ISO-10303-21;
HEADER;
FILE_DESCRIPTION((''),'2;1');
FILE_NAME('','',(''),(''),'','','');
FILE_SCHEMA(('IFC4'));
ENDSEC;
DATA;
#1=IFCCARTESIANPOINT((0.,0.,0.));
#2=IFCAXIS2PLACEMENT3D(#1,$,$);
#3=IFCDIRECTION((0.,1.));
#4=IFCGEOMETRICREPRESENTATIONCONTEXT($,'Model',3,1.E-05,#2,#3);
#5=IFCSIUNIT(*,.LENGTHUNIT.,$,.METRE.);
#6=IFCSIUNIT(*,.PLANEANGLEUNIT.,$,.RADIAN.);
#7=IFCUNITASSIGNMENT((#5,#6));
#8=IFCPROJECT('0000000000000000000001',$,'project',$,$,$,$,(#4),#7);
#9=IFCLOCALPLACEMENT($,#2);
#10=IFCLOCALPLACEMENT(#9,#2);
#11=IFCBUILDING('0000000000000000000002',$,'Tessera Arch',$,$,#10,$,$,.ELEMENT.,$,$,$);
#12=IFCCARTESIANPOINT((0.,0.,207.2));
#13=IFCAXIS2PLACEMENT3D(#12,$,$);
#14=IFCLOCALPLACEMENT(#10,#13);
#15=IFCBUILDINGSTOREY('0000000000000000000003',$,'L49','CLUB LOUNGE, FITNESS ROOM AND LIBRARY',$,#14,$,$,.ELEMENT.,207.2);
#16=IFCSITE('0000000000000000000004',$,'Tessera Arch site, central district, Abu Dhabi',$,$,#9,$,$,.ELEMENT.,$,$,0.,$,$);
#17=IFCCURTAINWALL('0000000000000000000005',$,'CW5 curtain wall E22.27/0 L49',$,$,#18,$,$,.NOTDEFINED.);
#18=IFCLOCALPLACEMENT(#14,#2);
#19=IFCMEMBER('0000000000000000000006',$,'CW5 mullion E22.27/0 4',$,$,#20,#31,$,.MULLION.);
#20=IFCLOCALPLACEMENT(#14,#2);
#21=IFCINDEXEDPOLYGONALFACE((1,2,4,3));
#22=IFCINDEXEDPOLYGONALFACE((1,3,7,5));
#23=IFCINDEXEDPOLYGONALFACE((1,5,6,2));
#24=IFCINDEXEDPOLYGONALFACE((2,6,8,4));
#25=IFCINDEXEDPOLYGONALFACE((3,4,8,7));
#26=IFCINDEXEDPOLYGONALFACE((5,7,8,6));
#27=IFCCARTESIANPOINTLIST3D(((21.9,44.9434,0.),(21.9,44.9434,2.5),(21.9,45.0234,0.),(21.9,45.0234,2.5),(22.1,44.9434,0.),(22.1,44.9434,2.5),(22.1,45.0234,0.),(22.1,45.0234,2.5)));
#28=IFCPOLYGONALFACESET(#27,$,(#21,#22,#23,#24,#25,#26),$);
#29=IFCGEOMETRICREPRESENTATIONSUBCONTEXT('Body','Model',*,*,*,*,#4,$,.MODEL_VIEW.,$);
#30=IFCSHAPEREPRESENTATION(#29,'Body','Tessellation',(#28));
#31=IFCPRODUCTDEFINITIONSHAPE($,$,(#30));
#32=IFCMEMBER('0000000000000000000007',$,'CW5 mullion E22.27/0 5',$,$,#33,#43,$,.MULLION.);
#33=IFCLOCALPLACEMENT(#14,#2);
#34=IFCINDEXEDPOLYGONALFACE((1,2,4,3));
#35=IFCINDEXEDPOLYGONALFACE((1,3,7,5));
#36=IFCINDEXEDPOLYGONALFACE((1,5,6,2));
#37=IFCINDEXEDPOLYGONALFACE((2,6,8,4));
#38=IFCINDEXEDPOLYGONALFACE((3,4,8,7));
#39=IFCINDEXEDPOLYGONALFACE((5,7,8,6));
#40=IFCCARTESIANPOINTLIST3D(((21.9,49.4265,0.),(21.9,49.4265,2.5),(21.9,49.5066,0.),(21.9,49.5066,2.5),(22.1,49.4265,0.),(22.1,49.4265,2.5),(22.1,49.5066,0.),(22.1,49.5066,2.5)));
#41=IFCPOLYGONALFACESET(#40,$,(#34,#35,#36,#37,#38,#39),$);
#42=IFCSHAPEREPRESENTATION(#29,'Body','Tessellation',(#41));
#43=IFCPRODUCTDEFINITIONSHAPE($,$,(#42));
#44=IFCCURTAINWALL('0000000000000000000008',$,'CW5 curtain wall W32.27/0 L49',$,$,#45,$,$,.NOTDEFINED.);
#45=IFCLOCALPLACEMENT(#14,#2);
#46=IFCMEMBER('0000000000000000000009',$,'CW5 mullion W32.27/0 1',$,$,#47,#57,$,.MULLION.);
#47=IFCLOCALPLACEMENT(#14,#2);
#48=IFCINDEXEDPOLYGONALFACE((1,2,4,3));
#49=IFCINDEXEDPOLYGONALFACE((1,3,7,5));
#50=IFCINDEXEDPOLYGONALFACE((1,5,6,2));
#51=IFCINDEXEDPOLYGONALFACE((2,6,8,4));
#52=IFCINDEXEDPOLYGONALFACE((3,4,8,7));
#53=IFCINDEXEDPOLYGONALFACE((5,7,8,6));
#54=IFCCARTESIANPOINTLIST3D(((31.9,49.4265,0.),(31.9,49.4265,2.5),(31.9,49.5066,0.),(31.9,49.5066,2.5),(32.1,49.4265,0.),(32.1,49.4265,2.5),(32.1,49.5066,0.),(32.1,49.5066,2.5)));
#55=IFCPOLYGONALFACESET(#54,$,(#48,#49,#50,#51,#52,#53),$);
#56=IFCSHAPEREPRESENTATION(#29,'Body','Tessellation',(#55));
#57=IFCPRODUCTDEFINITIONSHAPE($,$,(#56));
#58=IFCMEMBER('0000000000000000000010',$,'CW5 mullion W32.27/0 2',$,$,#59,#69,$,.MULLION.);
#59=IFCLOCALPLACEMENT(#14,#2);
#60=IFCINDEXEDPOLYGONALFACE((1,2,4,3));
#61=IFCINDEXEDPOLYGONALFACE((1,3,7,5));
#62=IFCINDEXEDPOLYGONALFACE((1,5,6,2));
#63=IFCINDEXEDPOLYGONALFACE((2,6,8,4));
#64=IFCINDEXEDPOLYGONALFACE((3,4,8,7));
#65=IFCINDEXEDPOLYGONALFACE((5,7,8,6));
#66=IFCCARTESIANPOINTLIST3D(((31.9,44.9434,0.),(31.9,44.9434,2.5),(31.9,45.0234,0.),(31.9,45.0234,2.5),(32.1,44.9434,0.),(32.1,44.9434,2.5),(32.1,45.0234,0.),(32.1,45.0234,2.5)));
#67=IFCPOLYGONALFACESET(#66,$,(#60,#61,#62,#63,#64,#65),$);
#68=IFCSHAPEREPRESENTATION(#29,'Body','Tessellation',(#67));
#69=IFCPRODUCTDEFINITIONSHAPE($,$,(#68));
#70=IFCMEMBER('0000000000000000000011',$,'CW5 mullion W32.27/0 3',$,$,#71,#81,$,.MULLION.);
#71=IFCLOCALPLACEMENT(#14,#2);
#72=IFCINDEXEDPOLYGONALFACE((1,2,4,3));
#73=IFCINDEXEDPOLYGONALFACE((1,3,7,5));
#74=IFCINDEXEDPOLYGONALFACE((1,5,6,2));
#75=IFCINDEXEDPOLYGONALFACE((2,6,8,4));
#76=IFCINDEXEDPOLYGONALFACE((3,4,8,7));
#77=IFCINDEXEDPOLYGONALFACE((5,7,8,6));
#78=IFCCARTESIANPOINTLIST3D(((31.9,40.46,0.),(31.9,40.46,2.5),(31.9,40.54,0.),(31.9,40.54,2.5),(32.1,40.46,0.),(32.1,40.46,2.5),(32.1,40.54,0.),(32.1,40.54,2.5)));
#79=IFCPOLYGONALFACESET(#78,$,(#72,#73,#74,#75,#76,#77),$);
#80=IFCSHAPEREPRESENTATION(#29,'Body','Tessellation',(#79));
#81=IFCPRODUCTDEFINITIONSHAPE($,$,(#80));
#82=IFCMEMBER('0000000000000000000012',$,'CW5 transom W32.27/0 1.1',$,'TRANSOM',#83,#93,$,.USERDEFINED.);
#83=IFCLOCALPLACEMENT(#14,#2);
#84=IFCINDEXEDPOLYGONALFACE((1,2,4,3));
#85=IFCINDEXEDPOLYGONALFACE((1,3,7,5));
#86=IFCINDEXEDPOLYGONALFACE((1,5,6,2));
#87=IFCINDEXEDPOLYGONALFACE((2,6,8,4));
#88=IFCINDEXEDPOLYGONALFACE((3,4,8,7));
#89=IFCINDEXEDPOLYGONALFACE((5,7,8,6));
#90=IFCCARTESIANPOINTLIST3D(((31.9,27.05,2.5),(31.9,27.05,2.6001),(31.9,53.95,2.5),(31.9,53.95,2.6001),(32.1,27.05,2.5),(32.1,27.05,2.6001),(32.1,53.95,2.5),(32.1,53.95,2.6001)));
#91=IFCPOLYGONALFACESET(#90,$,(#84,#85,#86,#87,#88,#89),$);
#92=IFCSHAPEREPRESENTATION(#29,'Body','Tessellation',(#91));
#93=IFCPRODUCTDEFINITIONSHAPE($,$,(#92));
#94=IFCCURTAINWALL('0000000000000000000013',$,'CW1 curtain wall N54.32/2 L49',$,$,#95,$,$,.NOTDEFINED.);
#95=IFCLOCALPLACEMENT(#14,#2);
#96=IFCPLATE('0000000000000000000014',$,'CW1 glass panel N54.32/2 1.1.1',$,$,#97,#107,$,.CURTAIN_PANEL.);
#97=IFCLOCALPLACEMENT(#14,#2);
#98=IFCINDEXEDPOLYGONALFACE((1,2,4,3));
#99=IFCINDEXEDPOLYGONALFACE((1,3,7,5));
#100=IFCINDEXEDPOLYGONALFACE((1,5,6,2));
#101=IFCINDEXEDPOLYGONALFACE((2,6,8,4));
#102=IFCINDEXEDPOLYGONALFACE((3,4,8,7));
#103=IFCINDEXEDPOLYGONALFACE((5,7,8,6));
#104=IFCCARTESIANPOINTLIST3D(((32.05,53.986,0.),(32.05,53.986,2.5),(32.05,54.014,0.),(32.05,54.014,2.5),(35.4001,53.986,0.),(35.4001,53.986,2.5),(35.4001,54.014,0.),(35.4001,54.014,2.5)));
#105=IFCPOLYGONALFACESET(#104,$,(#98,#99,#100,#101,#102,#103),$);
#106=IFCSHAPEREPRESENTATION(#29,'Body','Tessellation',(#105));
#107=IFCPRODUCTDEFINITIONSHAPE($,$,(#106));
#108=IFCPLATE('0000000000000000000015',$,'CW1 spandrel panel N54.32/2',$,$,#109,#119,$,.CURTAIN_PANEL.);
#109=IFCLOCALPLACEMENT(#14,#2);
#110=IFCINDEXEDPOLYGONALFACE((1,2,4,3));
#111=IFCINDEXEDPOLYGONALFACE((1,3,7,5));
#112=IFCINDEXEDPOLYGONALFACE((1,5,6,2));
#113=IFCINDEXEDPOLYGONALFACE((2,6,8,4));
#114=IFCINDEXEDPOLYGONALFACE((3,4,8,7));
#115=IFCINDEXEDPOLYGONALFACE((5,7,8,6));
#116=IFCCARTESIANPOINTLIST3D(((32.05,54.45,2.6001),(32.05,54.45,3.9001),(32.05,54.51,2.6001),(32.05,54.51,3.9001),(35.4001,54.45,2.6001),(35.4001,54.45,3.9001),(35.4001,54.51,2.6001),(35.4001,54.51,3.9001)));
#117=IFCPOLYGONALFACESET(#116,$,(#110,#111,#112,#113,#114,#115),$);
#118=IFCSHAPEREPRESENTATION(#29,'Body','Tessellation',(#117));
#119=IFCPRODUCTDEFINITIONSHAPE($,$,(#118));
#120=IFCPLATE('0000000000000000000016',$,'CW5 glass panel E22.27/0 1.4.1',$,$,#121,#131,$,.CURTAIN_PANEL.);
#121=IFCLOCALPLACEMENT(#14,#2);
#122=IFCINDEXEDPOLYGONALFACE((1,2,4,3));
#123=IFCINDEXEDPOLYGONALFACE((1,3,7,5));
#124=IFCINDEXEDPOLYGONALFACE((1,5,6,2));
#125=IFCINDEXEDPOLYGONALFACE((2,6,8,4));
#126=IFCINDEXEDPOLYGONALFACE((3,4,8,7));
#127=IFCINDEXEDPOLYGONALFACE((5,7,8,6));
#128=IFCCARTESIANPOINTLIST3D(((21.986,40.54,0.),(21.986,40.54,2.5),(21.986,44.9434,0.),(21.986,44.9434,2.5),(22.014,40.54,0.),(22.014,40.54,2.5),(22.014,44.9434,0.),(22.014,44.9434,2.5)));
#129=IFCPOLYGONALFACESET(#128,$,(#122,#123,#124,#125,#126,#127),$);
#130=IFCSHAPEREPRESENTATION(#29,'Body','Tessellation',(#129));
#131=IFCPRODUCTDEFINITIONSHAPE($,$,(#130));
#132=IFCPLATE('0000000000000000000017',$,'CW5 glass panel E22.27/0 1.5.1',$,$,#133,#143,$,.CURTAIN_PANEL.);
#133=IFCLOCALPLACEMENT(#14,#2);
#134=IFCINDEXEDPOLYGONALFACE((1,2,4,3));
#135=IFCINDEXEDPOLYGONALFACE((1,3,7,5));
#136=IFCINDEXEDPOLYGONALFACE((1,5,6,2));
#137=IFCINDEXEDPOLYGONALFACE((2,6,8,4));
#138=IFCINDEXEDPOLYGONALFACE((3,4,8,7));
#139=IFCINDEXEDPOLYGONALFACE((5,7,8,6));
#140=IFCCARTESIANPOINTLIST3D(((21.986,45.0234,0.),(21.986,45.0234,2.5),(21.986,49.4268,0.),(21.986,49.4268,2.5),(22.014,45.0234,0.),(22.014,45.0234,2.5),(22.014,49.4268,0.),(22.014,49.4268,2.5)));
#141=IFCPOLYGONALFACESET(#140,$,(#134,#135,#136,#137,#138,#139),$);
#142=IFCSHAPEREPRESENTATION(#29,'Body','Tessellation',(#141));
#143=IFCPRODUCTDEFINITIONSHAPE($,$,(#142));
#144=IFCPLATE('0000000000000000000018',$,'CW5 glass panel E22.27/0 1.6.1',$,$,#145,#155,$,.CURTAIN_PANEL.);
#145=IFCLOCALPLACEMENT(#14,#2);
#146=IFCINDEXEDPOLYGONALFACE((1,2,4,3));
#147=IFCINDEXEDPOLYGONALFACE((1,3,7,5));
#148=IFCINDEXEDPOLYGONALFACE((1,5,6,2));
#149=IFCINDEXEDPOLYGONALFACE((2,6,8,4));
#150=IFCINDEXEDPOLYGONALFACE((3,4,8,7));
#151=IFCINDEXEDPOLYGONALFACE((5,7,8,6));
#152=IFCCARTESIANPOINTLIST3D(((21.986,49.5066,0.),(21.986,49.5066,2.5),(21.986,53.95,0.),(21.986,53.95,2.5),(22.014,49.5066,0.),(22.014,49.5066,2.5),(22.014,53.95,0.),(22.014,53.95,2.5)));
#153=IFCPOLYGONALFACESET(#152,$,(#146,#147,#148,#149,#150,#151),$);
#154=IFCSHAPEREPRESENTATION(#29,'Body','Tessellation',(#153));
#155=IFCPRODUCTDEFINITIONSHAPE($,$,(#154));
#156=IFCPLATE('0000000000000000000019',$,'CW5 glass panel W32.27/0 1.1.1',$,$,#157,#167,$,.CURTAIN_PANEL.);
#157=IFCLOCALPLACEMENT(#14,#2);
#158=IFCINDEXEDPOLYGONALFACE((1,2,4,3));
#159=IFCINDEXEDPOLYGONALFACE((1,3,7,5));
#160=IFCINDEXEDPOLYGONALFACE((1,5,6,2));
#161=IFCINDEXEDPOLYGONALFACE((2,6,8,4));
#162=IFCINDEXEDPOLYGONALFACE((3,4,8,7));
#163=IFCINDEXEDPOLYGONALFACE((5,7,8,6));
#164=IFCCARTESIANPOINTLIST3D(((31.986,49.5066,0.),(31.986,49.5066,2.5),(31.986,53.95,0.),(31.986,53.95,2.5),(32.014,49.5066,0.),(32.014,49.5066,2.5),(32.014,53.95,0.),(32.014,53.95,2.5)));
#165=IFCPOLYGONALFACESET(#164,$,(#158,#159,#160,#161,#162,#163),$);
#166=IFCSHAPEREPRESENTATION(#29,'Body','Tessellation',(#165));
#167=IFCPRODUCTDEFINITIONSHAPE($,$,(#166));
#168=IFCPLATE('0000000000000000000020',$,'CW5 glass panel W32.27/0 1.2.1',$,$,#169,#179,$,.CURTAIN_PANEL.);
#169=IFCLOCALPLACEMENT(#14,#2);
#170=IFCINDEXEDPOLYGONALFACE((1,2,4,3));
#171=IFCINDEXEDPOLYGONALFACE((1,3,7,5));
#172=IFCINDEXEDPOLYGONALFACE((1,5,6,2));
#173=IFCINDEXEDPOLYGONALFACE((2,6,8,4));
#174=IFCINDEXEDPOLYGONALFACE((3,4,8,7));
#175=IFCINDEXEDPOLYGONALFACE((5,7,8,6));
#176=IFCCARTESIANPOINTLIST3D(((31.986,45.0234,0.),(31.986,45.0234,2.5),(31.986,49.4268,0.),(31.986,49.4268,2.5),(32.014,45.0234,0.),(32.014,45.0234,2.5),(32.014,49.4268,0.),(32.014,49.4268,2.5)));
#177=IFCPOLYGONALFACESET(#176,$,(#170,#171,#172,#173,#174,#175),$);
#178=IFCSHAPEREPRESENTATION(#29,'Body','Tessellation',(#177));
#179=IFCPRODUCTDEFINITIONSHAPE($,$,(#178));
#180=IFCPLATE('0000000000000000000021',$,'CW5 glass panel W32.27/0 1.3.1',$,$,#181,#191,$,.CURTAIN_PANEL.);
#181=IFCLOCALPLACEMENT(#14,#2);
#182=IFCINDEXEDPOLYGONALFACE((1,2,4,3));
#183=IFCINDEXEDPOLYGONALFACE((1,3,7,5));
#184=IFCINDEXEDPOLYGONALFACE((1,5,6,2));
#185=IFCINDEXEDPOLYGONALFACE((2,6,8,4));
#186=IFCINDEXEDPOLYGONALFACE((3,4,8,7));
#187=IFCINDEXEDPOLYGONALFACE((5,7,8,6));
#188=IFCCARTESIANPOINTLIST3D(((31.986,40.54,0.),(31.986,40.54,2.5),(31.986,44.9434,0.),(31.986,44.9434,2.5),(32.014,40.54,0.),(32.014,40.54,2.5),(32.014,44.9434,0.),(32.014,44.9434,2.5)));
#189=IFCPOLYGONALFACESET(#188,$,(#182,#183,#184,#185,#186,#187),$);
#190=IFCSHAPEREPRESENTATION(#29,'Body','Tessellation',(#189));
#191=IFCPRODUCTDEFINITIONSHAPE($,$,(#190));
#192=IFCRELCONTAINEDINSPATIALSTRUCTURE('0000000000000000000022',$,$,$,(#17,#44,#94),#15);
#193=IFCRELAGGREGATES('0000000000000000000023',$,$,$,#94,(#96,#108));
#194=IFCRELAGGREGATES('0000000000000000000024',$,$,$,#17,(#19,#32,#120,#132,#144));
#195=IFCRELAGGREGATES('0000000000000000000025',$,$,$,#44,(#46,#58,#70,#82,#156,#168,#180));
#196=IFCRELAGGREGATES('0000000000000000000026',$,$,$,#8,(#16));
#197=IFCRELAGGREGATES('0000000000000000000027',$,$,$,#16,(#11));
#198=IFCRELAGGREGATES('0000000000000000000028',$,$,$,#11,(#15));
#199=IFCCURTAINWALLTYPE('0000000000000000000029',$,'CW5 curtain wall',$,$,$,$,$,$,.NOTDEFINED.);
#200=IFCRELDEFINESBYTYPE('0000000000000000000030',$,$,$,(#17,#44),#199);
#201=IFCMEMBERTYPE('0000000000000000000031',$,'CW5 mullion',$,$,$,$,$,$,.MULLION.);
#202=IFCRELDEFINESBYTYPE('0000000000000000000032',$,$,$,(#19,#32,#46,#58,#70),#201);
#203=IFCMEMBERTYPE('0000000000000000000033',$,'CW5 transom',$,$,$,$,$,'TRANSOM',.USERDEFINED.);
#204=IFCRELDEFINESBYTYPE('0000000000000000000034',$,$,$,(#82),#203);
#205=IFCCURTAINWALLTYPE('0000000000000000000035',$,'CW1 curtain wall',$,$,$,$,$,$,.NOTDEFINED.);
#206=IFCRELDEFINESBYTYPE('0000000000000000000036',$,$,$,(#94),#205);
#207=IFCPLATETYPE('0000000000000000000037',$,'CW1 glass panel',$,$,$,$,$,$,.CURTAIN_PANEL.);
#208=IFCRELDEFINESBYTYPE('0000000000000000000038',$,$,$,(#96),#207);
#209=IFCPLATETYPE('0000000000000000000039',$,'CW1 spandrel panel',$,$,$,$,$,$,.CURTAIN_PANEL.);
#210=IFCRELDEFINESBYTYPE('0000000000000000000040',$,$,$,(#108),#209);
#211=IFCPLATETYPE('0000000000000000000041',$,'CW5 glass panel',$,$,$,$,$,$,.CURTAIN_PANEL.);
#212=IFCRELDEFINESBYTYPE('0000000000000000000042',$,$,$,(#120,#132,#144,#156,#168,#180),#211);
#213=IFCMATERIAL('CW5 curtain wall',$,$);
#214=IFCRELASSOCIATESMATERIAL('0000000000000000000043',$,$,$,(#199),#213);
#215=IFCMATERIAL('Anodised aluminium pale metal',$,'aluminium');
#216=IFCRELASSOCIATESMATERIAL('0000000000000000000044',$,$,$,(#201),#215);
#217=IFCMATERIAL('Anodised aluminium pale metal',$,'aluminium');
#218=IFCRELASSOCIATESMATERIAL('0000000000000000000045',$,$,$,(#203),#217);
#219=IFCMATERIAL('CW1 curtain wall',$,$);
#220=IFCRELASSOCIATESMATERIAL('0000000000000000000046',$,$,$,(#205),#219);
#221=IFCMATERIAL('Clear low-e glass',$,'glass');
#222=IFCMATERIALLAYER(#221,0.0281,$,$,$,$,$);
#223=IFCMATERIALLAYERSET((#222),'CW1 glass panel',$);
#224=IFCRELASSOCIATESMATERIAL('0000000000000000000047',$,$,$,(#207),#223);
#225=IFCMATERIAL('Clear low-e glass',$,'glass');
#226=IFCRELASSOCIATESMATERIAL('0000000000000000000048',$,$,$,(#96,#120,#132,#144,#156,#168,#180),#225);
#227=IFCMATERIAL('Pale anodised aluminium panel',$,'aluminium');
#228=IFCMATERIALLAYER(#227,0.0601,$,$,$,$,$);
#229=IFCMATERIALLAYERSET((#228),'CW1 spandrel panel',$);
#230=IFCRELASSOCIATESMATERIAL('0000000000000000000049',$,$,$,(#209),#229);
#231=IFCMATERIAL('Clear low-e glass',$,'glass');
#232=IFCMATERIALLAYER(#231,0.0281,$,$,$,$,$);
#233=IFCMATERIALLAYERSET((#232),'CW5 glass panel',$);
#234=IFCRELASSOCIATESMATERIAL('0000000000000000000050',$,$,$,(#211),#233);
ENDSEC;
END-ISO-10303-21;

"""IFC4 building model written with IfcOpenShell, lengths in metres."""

from ifc_helpers import new_model, si_unit, direction, frame, origin, origin_2d, place, context, subcontext, project, spatial, rectangle, extrude, material, layer, layer_set, material_profile, profile_set, type_object, element, aggregate, save


model = new_model("IFC4")

# Units and contexts
model_context = context("Model", 3, precision=1e-05, world=origin(), true_north=direction((0.0, 1.0)))
body_context = subcontext(model_context, "Body", "Model", "MODEL_VIEW")
ifc_project = project(units=[si_unit("LENGTHUNIT", "METRE"), si_unit("PLANEANGLEUNIT", "RADIAN")], contexts=[model_context])

# Site, building, storey
site_placement = place(None, origin())
site = spatial("IfcSite", under=ifc_project, at=site_placement, Name="Tessera Arch site, central district, Abu Dhabi", CompositionType="ELEMENT", RefElevation=0.0)
building_placement = place(site_placement, origin())
building = spatial("IfcBuilding", under=site, at=building_placement, Name="Tessera Arch", CompositionType="ELEMENT")
storey_placement = place(building_placement, frame((0.0, 0.0, 207.2)))
storey = spatial("IfcBuildingStorey", under=building, at=storey_placement, Name="L49", Description="CLUB LOUNGE, FITNESS ROOM AND LIBRARY", CompositionType="ELEMENT", Elevation=207.2)

# Curtain walls, members
ifc_material_1 = material(Name="CW5 curtain wall")
curtain_wall_type_1 = type_object("IfcCurtainWallType", Name="CW5 curtain wall", PredefinedType="NOTDEFINED", material=ifc_material_1)
curtain_wall_1_placement = place(storey_placement, origin())
curtain_wall_1 = element("IfcCurtainWall", 1, at=curtain_wall_1_placement, inside=storey, type_object=curtain_wall_type_1, Name="CW5 curtain wall E22.27/0 L49", PredefinedType="NOTDEFINED")
ifc_material_2 = material(Name="Anodised aluminium pale metal", Category="aluminium")
ifc_material_profile_1 = material_profile(ifc_material_2, rectangle(XDim=0.2, YDim=0.0801, at=origin_2d()), Name="AL 80x200")
ifc_profile_set_1 = profile_set([ifc_material_profile_1], Name="Anodised aluminium pale metal")
member_type_1 = type_object("IfcMemberType", Name="CW5 mullion", PredefinedType="MULLION", material=ifc_profile_set_1)
member_1_placement = place(storey_placement, frame((22.0, 44.9834, 0.0), z_axis=(0.0, 0.0, 1.0), x_axis=(-1.0, 0.0, 0.0)))
member_1 = element("IfcMember", 2, at=member_1_placement, type_object=member_type_1, Name="CW5 mullion E22.27/0 4", PredefinedType="MULLION", context=body_context, shape_type="SweptSolid", body=[
    extrude(rectangle(XDim=0.2, YDim=0.0801, at=origin_2d()), origin(), (0.0, 0.0, 1.0), 2.5),
])
member_2_placement = place(storey_placement, frame((22.0, 49.4666, 0.0), z_axis=(0.0, 0.0, 1.0), x_axis=(-1.0, 0.0, 0.0)))
member_2 = element("IfcMember", 3, at=member_2_placement, type_object=member_type_1, Name="CW5 mullion E22.27/0 5", PredefinedType="MULLION", context=body_context, shape_type="SweptSolid", body=[
    extrude(rectangle(XDim=0.2, YDim=0.0801, at=origin_2d()), origin(), (0.0, 0.0, 1.0), 2.5),
])
curtain_wall_2_placement = place(storey_placement, origin())
curtain_wall_2 = element("IfcCurtainWall", 4, at=curtain_wall_2_placement, inside=storey, type_object=curtain_wall_type_1, Name="CW5 curtain wall W32.27/0 L49", PredefinedType="NOTDEFINED")
member_3_placement = place(storey_placement, frame((32.0, 49.4666, 0.0), z_axis=(0.0, 0.0, 1.0), x_axis=(1.0, 0.0, 0.0)))
member_3 = element("IfcMember", 5, at=member_3_placement, type_object=member_type_1, Name="CW5 mullion W32.27/0 1", PredefinedType="MULLION", context=body_context, shape_type="SweptSolid", body=[
    extrude(rectangle(XDim=0.2, YDim=0.0801, at=origin_2d()), origin(), (0.0, 0.0, 1.0), 2.5),
])
member_4_placement = place(storey_placement, frame((32.0, 44.9834, 0.0), z_axis=(0.0, 0.0, 1.0), x_axis=(1.0, 0.0, 0.0)))
member_4 = element("IfcMember", 6, at=member_4_placement, type_object=member_type_1, Name="CW5 mullion W32.27/0 2", PredefinedType="MULLION", context=body_context, shape_type="SweptSolid", body=[
    extrude(rectangle(XDim=0.2, YDim=0.0801, at=origin_2d()), origin(), (0.0, 0.0, 1.0), 2.5),
])
member_5_placement = place(storey_placement, frame((32.0, 40.5, 0.0), z_axis=(0.0, 0.0, 1.0), x_axis=(1.0, 0.0, 0.0)))
member_5 = element("IfcMember", 7, at=member_5_placement, type_object=member_type_1, Name="CW5 mullion W32.27/0 3", PredefinedType="MULLION", context=body_context, shape_type="SweptSolid", body=[
    extrude(rectangle(XDim=0.2, YDim=0.0801, at=origin_2d()), origin(), (0.0, 0.0, 1.0), 2.5),
])
ifc_material_3 = material(Name="Anodised aluminium pale metal", Category="aluminium")
ifc_material_profile_2 = material_profile(ifc_material_3, rectangle(XDim=0.2, YDim=0.1001, at=origin_2d()), Name="AL 200x100")
ifc_profile_set_2 = profile_set([ifc_material_profile_2], Name="Anodised aluminium pale metal")
member_type_2 = type_object("IfcMemberType", Name="CW5 transom", ElementType="TRANSOM", PredefinedType="USERDEFINED", material=ifc_profile_set_2)
member_6_placement = place(storey_placement, frame((32.0, 53.95, 2.55), z_axis=(0.0, -1.0, 0.0), x_axis=(1.0, 0.0, 0.0)))
member_6 = element("IfcMember", 8, at=member_6_placement, type_object=member_type_2, Name="CW5 transom W32.27/0 1.1", ObjectType="TRANSOM", PredefinedType="USERDEFINED", context=body_context, shape_type="SweptSolid", body=[
    extrude(rectangle(XDim=0.2, YDim=0.1001, at=origin_2d()), origin(), (0.0, 0.0, 1.0), 26.8999),
])

# Curtain wall, plates
ifc_material_4 = material(Name="CW1 curtain wall")
curtain_wall_type_2 = type_object("IfcCurtainWallType", Name="CW1 curtain wall", PredefinedType="NOTDEFINED", material=ifc_material_4)
curtain_wall_3_placement = place(storey_placement, origin())
curtain_wall_3 = element("IfcCurtainWall", 9, at=curtain_wall_3_placement, inside=storey, type_object=curtain_wall_type_2, Name="CW1 curtain wall N54.32/2 L49", PredefinedType="NOTDEFINED")
ifc_material_5 = material(Name="Clear low-e glass", Category="glass")
ifc_material_6 = material(Name="Clear low-e glass", Category="glass")
ifc_layer_1 = layer(ifc_material_6, 0.0281)
ifc_layer_set_1 = layer_set([ifc_layer_1], Name="CW1 glass panel")
plate_type_1 = type_object("IfcPlateType", Name="CW1 glass panel", PredefinedType="CURTAIN_PANEL", material=ifc_layer_set_1)
plate_1_placement = place(storey_placement, frame((33.7251, 54.0, 0.0), z_axis=(0.0, 0.0, 1.0), x_axis=(-1.0, 0.0, 0.0)))
plate_1 = element("IfcPlate", 10, at=plate_1_placement, type_object=plate_type_1, material=ifc_material_5, Name="CW1 glass panel N54.32/2 1.1.1", PredefinedType="CURTAIN_PANEL", context=body_context, shape_type="SweptSolid", body=[
    extrude(rectangle(XDim=3.3501, YDim=0.0281, at=origin_2d()), origin(), (0.0, 0.0, 1.0), 2.5),
])
ifc_material_7 = material(Name="Pale anodised aluminium panel", Category="aluminium")
ifc_layer_2 = layer(ifc_material_7, 0.0601)
ifc_layer_set_2 = layer_set([ifc_layer_2], Name="CW1 spandrel panel")
plate_type_2 = type_object("IfcPlateType", Name="CW1 spandrel panel", PredefinedType="CURTAIN_PANEL", material=ifc_layer_set_2)
plate_2_placement = place(storey_placement, frame((33.7251, 54.48, 2.6001), z_axis=(0.0, 0.0, 1.0), x_axis=(-1.0, 0.0, 0.0)))
plate_2 = element("IfcPlate", 11, at=plate_2_placement, type_object=plate_type_2, Name="CW1 spandrel panel N54.32/2", PredefinedType="CURTAIN_PANEL", context=body_context, shape_type="SweptSolid", body=[
    extrude(rectangle(XDim=3.3501, YDim=0.0601, at=origin_2d()), origin(), (0.0, 0.0, 1.0), 1.3),
])
aggregate(curtain_wall_3, [plate_1, plate_2])

# Plates
ifc_material_8 = material(Name="Clear low-e glass", Category="glass")
ifc_layer_3 = layer(ifc_material_8, 0.0281)
ifc_layer_set_3 = layer_set([ifc_layer_3], Name="CW5 glass panel")
plate_type_3 = type_object("IfcPlateType", Name="CW5 glass panel", PredefinedType="CURTAIN_PANEL", material=ifc_layer_set_3)
plate_3_placement = place(storey_placement, frame((22.0, 42.7417, 0.0), z_axis=(0.0, 0.0, 1.0), x_axis=(0.0, 1.0, 0.0)))
plate_3 = element("IfcPlate", 12, at=plate_3_placement, type_object=plate_type_3, material=ifc_material_5, Name="CW5 glass panel E22.27/0 1.4.1", PredefinedType="CURTAIN_PANEL", context=body_context, shape_type="SweptSolid", body=[
    extrude(rectangle(XDim=4.4033, YDim=0.0281, at=origin_2d()), origin(), (0.0, 0.0, 1.0), 2.5),
])
plate_4_placement = place(storey_placement, frame((22.0, 47.2251, 0.0), z_axis=(0.0, 0.0, 1.0), x_axis=(0.0, 1.0, 0.0)))
plate_4 = element("IfcPlate", 13, at=plate_4_placement, type_object=plate_type_3, material=ifc_material_5, Name="CW5 glass panel E22.27/0 1.5.1", PredefinedType="CURTAIN_PANEL", context=body_context, shape_type="SweptSolid", body=[
    extrude(rectangle(XDim=4.4033, YDim=0.0281, at=origin_2d()), origin(), (0.0, 0.0, 1.0), 2.5),
])
plate_5_placement = place(storey_placement, frame((22.0, 51.7283, 0.0), z_axis=(0.0, 0.0, 1.0), x_axis=(0.0, 1.0, 0.0)))
plate_5 = element("IfcPlate", 14, at=plate_5_placement, type_object=plate_type_3, material=ifc_material_5, Name="CW5 glass panel E22.27/0 1.6.1", PredefinedType="CURTAIN_PANEL", context=body_context, shape_type="SweptSolid", body=[
    extrude(rectangle(XDim=4.4434, YDim=0.0281, at=origin_2d()), origin(), (0.0, 0.0, 1.0), 2.5),
])
plate_6_placement = place(storey_placement, frame((32.0, 51.7283, 0.0), z_axis=(0.0, 0.0, 1.0), x_axis=(0.0, -1.0, 0.0)))
plate_6 = element("IfcPlate", 15, at=plate_6_placement, type_object=plate_type_3, material=ifc_material_5, Name="CW5 glass panel W32.27/0 1.1.1", PredefinedType="CURTAIN_PANEL", context=body_context, shape_type="SweptSolid", body=[
    extrude(rectangle(XDim=4.4434, YDim=0.0281, at=origin_2d()), origin(), (0.0, 0.0, 1.0), 2.5),
])
plate_7_placement = place(storey_placement, frame((32.0, 47.2251, 0.0), z_axis=(0.0, 0.0, 1.0), x_axis=(0.0, -1.0, 0.0)))
plate_7 = element("IfcPlate", 16, at=plate_7_placement, type_object=plate_type_3, material=ifc_material_5, Name="CW5 glass panel W32.27/0 1.2.1", PredefinedType="CURTAIN_PANEL", context=body_context, shape_type="SweptSolid", body=[
    extrude(rectangle(XDim=4.4033, YDim=0.0281, at=origin_2d()), origin(), (0.0, 0.0, 1.0), 2.5),
])
plate_8_placement = place(storey_placement, frame((32.0, 42.7417, 0.0), z_axis=(0.0, 0.0, 1.0), x_axis=(0.0, -1.0, 0.0)))
plate_8 = element("IfcPlate", 17, at=plate_8_placement, type_object=plate_type_3, material=ifc_material_5, Name="CW5 glass panel W32.27/0 1.3.1", PredefinedType="CURTAIN_PANEL", context=body_context, shape_type="SweptSolid", body=[
    extrude(rectangle(XDim=4.4033, YDim=0.0281, at=origin_2d()), origin(), (0.0, 0.0, 1.0), 2.5),
])
aggregate(curtain_wall_1, [member_1, member_2, plate_3, plate_4, plate_5])
aggregate(curtain_wall_2, [member_3, member_4, member_5, member_6, plate_6, plate_7, plate_8])

save(model, "model.ifc")
